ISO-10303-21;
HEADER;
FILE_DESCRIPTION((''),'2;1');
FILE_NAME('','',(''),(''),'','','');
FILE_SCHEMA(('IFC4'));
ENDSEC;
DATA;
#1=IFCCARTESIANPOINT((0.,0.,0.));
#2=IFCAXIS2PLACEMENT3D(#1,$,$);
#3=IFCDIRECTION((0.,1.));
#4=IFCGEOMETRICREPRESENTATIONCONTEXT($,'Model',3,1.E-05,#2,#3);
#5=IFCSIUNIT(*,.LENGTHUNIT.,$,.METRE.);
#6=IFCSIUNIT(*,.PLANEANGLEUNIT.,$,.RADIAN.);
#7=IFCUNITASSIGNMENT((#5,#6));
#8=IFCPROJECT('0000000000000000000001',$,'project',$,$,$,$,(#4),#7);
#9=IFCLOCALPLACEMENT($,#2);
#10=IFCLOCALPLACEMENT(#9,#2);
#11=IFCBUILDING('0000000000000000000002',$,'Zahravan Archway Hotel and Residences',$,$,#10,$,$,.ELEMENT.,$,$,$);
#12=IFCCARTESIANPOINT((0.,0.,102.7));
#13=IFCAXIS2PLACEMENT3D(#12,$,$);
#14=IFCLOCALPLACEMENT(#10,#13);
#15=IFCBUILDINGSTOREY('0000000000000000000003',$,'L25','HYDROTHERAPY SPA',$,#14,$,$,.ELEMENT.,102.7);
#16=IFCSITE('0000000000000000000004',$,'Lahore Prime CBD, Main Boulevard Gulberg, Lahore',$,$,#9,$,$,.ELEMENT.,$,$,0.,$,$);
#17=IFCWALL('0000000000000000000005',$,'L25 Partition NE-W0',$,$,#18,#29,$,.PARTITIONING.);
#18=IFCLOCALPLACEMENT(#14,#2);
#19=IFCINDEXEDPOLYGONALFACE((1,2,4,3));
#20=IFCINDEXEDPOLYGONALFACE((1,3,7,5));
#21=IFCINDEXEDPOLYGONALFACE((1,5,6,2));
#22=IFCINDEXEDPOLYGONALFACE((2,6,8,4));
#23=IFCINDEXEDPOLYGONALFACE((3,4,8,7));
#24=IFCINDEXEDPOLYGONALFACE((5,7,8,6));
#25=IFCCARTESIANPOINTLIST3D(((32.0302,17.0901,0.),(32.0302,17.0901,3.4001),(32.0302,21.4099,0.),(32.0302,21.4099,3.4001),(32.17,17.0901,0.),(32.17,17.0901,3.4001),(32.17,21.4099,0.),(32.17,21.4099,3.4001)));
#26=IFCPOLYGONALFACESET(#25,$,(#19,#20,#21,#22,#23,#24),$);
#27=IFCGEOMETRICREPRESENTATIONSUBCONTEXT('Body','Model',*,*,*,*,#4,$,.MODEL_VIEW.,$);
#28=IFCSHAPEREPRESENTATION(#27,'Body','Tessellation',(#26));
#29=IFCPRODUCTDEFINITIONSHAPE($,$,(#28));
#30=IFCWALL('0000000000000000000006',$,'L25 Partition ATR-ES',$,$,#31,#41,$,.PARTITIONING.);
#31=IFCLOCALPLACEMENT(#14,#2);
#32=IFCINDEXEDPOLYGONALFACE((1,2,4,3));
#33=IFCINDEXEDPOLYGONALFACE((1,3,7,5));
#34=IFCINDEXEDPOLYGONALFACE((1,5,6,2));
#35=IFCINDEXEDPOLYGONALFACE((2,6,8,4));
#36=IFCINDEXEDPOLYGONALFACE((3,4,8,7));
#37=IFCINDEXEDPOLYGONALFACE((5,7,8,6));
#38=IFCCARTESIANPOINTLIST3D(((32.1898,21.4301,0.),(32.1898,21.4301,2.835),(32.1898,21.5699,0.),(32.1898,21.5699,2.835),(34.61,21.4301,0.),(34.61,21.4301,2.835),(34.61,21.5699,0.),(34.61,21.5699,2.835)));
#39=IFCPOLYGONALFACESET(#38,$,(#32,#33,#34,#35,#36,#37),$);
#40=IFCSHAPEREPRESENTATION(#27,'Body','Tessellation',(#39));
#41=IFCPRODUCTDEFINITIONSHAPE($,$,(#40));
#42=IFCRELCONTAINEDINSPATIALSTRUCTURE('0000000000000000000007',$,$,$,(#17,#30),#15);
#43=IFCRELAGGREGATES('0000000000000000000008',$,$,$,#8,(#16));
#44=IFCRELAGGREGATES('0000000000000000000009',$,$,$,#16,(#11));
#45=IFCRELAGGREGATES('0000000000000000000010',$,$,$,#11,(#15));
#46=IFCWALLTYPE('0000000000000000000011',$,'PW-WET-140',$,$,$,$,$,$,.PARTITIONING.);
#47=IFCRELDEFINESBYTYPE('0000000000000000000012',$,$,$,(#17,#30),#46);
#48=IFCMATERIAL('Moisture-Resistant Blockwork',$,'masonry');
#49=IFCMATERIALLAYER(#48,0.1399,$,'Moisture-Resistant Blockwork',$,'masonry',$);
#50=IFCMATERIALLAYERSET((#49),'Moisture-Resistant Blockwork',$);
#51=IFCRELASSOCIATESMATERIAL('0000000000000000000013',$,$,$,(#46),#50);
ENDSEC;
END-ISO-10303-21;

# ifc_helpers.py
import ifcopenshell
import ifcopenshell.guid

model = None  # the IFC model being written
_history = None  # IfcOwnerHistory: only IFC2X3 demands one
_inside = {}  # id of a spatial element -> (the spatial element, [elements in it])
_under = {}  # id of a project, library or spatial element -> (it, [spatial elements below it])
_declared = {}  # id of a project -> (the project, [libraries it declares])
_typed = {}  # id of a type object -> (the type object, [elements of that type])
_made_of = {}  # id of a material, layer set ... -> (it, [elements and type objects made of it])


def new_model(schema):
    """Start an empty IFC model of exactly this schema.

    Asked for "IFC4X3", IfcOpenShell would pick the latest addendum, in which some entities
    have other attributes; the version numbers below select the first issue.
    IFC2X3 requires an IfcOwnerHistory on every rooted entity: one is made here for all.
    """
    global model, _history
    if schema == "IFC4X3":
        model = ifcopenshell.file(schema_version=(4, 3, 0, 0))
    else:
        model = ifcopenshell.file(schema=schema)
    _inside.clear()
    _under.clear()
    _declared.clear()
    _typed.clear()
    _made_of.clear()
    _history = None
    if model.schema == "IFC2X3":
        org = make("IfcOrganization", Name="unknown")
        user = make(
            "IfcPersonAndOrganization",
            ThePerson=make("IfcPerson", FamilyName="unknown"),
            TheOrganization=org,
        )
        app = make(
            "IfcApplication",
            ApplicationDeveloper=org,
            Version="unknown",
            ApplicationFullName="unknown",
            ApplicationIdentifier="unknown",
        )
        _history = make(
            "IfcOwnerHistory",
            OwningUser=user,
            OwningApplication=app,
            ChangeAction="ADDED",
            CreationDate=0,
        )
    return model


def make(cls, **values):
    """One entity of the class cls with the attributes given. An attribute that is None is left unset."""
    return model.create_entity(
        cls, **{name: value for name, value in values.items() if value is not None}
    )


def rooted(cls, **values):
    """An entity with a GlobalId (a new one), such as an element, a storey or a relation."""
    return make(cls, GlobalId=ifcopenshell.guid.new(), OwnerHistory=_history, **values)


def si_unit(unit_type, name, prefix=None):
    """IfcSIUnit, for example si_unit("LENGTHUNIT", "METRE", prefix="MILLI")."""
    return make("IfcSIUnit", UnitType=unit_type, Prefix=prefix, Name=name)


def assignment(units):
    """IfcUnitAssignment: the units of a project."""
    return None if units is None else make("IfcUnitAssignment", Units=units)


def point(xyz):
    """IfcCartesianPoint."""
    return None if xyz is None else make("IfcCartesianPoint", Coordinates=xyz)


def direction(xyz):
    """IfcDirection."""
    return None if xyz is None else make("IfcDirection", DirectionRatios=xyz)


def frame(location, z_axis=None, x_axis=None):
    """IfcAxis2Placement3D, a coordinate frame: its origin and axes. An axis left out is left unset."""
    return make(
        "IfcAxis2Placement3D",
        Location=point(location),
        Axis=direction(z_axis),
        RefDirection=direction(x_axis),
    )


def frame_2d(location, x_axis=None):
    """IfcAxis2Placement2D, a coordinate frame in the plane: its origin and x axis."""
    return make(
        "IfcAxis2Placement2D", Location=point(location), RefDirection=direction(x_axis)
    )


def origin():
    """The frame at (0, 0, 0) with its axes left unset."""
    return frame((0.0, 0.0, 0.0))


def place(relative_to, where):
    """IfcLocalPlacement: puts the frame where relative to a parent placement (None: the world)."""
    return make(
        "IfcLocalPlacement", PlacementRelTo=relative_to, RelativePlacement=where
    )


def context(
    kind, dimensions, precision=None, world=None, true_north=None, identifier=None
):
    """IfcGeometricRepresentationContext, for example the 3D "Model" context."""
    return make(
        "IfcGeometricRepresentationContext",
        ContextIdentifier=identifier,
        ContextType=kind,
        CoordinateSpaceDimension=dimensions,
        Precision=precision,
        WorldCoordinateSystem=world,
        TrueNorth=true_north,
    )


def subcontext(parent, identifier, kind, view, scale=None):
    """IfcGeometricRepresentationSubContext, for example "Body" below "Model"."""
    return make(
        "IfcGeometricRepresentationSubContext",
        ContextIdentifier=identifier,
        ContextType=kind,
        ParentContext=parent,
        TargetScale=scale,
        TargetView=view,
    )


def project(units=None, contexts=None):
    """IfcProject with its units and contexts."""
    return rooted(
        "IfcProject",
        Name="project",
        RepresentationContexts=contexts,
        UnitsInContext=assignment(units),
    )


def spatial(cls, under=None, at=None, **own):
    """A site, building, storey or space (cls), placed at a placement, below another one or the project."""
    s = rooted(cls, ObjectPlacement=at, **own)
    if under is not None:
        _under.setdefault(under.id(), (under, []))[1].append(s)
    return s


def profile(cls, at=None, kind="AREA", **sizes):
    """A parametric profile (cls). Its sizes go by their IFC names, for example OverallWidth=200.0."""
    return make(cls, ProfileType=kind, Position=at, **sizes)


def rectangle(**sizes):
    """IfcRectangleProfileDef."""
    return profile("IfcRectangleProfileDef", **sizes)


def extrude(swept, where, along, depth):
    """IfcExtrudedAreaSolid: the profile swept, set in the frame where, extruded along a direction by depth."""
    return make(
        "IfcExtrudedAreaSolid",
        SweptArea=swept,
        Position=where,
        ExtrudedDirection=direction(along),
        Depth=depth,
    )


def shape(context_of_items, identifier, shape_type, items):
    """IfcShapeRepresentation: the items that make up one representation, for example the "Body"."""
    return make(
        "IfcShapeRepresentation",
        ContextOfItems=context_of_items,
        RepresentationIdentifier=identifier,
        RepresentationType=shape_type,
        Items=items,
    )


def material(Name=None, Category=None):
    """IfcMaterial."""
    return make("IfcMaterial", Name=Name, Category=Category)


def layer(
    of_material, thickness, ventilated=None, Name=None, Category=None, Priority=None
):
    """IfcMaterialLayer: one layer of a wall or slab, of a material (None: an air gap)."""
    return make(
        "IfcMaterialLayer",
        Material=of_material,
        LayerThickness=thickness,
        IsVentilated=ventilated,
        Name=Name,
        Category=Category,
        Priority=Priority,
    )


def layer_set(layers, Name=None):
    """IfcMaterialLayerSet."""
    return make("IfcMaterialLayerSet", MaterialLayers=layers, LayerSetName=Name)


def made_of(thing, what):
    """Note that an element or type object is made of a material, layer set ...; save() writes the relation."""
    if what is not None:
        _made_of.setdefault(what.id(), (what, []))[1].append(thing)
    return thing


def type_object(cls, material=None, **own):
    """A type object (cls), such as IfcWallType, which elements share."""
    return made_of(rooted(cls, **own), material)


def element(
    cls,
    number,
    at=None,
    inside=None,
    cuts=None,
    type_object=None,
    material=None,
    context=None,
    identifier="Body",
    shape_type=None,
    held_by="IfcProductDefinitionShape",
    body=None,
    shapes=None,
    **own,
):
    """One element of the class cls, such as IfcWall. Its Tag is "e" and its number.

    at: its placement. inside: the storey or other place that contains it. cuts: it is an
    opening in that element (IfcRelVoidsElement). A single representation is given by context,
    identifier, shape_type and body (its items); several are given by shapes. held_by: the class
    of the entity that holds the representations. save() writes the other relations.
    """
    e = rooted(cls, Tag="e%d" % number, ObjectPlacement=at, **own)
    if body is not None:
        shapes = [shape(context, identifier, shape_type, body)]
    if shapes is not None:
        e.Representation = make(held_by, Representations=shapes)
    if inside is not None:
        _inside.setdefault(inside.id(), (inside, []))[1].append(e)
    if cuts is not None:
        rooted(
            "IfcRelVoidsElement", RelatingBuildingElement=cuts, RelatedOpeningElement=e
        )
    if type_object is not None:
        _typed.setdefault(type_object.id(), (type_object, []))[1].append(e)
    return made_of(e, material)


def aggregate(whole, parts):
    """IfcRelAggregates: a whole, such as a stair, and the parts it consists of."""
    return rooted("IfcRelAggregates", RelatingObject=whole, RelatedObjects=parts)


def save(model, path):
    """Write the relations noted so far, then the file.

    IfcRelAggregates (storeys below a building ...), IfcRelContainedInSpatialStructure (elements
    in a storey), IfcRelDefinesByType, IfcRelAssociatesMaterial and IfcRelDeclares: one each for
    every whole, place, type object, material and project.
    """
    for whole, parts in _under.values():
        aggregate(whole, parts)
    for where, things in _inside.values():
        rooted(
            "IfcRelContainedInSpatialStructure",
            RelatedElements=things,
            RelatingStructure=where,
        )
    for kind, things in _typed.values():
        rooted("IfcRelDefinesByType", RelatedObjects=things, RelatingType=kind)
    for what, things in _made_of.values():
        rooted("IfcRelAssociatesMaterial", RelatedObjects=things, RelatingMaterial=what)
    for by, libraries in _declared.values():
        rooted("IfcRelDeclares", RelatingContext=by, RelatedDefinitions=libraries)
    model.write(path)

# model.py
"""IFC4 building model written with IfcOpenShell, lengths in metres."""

from ifc_helpers import new_model, si_unit, direction, frame, frame_2d, origin, place, context, subcontext, project, spatial, rectangle, extrude, material, layer, layer_set, type_object, element, save


model = new_model("IFC4")

# Units and contexts
model_context = context("Model", 3, precision=1e-05, world=origin(), true_north=direction((0.0, 1.0)))
body_context = subcontext(model_context, "Body", "Model", "MODEL_VIEW")
ifc_project = project(units=[si_unit("LENGTHUNIT", "METRE"), si_unit("PLANEANGLEUNIT", "RADIAN")], contexts=[model_context])

# Site, building, storey
site_placement = place(None, origin())
site = spatial("IfcSite", under=ifc_project, at=site_placement, Name="Lahore Prime CBD, Main Boulevard Gulberg, Lahore", CompositionType="ELEMENT", RefElevation=0.0)
building_placement = place(site_placement, origin())
building = spatial("IfcBuilding", under=site, at=building_placement, Name="Zahravan Archway Hotel and Residences", CompositionType="ELEMENT")
storey_placement = place(building_placement, frame((0.0, 0.0, 102.7)))
storey = spatial("IfcBuildingStorey", under=building, at=storey_placement, Name="L25", Description="HYDROTHERAPY SPA", CompositionType="ELEMENT", Elevation=102.7)

# Walls
ifc_material_1 = material(Name="Moisture-Resistant Blockwork", Category="masonry")
ifc_layer_1 = layer(ifc_material_1, 0.1399, Name="Moisture-Resistant Blockwork", Category="masonry")
ifc_layer_set_1 = layer_set([ifc_layer_1], Name="Moisture-Resistant Blockwork")
wall_type_1 = type_object("IfcWallType", Name="PW-WET-140", PredefinedType="PARTITIONING", material=ifc_layer_set_1)
wall_1_placement = place(storey_placement, frame((32.1001, 17.0901, 0.0), z_axis=(0.0, 0.0, 1.0), x_axis=(0.0, 1.0, 0.0)))
element("IfcWall", 1, at=wall_1_placement, inside=storey, type_object=wall_type_1, Name="L25 Partition NE-W0", PredefinedType="PARTITIONING", context=body_context, shape_type="SweptSolid", body=[
    extrude(rectangle(XDim=4.3198, YDim=0.1399, at=frame_2d((2.1599, 0.0))), origin(), (0.0, 0.0, 1.0), 3.4001),
])
wall_2_placement = place(storey_placement, frame((32.1899, 21.5, 0.0), z_axis=(0.0, 0.0, 1.0), x_axis=(1.0, 0.0, 0.0)))
element("IfcWall", 2, at=wall_2_placement, inside=storey, type_object=wall_type_1, Name="L25 Partition ATR-ES", PredefinedType="PARTITIONING", context=body_context, shape_type="SweptSolid", body=[
    extrude(rectangle(XDim=2.4202, YDim=0.1399, at=frame_2d((1.21, 0.0))), origin(), (0.0, 0.0, 1.0), 2.835),
])

save(model, "model.ifc")
